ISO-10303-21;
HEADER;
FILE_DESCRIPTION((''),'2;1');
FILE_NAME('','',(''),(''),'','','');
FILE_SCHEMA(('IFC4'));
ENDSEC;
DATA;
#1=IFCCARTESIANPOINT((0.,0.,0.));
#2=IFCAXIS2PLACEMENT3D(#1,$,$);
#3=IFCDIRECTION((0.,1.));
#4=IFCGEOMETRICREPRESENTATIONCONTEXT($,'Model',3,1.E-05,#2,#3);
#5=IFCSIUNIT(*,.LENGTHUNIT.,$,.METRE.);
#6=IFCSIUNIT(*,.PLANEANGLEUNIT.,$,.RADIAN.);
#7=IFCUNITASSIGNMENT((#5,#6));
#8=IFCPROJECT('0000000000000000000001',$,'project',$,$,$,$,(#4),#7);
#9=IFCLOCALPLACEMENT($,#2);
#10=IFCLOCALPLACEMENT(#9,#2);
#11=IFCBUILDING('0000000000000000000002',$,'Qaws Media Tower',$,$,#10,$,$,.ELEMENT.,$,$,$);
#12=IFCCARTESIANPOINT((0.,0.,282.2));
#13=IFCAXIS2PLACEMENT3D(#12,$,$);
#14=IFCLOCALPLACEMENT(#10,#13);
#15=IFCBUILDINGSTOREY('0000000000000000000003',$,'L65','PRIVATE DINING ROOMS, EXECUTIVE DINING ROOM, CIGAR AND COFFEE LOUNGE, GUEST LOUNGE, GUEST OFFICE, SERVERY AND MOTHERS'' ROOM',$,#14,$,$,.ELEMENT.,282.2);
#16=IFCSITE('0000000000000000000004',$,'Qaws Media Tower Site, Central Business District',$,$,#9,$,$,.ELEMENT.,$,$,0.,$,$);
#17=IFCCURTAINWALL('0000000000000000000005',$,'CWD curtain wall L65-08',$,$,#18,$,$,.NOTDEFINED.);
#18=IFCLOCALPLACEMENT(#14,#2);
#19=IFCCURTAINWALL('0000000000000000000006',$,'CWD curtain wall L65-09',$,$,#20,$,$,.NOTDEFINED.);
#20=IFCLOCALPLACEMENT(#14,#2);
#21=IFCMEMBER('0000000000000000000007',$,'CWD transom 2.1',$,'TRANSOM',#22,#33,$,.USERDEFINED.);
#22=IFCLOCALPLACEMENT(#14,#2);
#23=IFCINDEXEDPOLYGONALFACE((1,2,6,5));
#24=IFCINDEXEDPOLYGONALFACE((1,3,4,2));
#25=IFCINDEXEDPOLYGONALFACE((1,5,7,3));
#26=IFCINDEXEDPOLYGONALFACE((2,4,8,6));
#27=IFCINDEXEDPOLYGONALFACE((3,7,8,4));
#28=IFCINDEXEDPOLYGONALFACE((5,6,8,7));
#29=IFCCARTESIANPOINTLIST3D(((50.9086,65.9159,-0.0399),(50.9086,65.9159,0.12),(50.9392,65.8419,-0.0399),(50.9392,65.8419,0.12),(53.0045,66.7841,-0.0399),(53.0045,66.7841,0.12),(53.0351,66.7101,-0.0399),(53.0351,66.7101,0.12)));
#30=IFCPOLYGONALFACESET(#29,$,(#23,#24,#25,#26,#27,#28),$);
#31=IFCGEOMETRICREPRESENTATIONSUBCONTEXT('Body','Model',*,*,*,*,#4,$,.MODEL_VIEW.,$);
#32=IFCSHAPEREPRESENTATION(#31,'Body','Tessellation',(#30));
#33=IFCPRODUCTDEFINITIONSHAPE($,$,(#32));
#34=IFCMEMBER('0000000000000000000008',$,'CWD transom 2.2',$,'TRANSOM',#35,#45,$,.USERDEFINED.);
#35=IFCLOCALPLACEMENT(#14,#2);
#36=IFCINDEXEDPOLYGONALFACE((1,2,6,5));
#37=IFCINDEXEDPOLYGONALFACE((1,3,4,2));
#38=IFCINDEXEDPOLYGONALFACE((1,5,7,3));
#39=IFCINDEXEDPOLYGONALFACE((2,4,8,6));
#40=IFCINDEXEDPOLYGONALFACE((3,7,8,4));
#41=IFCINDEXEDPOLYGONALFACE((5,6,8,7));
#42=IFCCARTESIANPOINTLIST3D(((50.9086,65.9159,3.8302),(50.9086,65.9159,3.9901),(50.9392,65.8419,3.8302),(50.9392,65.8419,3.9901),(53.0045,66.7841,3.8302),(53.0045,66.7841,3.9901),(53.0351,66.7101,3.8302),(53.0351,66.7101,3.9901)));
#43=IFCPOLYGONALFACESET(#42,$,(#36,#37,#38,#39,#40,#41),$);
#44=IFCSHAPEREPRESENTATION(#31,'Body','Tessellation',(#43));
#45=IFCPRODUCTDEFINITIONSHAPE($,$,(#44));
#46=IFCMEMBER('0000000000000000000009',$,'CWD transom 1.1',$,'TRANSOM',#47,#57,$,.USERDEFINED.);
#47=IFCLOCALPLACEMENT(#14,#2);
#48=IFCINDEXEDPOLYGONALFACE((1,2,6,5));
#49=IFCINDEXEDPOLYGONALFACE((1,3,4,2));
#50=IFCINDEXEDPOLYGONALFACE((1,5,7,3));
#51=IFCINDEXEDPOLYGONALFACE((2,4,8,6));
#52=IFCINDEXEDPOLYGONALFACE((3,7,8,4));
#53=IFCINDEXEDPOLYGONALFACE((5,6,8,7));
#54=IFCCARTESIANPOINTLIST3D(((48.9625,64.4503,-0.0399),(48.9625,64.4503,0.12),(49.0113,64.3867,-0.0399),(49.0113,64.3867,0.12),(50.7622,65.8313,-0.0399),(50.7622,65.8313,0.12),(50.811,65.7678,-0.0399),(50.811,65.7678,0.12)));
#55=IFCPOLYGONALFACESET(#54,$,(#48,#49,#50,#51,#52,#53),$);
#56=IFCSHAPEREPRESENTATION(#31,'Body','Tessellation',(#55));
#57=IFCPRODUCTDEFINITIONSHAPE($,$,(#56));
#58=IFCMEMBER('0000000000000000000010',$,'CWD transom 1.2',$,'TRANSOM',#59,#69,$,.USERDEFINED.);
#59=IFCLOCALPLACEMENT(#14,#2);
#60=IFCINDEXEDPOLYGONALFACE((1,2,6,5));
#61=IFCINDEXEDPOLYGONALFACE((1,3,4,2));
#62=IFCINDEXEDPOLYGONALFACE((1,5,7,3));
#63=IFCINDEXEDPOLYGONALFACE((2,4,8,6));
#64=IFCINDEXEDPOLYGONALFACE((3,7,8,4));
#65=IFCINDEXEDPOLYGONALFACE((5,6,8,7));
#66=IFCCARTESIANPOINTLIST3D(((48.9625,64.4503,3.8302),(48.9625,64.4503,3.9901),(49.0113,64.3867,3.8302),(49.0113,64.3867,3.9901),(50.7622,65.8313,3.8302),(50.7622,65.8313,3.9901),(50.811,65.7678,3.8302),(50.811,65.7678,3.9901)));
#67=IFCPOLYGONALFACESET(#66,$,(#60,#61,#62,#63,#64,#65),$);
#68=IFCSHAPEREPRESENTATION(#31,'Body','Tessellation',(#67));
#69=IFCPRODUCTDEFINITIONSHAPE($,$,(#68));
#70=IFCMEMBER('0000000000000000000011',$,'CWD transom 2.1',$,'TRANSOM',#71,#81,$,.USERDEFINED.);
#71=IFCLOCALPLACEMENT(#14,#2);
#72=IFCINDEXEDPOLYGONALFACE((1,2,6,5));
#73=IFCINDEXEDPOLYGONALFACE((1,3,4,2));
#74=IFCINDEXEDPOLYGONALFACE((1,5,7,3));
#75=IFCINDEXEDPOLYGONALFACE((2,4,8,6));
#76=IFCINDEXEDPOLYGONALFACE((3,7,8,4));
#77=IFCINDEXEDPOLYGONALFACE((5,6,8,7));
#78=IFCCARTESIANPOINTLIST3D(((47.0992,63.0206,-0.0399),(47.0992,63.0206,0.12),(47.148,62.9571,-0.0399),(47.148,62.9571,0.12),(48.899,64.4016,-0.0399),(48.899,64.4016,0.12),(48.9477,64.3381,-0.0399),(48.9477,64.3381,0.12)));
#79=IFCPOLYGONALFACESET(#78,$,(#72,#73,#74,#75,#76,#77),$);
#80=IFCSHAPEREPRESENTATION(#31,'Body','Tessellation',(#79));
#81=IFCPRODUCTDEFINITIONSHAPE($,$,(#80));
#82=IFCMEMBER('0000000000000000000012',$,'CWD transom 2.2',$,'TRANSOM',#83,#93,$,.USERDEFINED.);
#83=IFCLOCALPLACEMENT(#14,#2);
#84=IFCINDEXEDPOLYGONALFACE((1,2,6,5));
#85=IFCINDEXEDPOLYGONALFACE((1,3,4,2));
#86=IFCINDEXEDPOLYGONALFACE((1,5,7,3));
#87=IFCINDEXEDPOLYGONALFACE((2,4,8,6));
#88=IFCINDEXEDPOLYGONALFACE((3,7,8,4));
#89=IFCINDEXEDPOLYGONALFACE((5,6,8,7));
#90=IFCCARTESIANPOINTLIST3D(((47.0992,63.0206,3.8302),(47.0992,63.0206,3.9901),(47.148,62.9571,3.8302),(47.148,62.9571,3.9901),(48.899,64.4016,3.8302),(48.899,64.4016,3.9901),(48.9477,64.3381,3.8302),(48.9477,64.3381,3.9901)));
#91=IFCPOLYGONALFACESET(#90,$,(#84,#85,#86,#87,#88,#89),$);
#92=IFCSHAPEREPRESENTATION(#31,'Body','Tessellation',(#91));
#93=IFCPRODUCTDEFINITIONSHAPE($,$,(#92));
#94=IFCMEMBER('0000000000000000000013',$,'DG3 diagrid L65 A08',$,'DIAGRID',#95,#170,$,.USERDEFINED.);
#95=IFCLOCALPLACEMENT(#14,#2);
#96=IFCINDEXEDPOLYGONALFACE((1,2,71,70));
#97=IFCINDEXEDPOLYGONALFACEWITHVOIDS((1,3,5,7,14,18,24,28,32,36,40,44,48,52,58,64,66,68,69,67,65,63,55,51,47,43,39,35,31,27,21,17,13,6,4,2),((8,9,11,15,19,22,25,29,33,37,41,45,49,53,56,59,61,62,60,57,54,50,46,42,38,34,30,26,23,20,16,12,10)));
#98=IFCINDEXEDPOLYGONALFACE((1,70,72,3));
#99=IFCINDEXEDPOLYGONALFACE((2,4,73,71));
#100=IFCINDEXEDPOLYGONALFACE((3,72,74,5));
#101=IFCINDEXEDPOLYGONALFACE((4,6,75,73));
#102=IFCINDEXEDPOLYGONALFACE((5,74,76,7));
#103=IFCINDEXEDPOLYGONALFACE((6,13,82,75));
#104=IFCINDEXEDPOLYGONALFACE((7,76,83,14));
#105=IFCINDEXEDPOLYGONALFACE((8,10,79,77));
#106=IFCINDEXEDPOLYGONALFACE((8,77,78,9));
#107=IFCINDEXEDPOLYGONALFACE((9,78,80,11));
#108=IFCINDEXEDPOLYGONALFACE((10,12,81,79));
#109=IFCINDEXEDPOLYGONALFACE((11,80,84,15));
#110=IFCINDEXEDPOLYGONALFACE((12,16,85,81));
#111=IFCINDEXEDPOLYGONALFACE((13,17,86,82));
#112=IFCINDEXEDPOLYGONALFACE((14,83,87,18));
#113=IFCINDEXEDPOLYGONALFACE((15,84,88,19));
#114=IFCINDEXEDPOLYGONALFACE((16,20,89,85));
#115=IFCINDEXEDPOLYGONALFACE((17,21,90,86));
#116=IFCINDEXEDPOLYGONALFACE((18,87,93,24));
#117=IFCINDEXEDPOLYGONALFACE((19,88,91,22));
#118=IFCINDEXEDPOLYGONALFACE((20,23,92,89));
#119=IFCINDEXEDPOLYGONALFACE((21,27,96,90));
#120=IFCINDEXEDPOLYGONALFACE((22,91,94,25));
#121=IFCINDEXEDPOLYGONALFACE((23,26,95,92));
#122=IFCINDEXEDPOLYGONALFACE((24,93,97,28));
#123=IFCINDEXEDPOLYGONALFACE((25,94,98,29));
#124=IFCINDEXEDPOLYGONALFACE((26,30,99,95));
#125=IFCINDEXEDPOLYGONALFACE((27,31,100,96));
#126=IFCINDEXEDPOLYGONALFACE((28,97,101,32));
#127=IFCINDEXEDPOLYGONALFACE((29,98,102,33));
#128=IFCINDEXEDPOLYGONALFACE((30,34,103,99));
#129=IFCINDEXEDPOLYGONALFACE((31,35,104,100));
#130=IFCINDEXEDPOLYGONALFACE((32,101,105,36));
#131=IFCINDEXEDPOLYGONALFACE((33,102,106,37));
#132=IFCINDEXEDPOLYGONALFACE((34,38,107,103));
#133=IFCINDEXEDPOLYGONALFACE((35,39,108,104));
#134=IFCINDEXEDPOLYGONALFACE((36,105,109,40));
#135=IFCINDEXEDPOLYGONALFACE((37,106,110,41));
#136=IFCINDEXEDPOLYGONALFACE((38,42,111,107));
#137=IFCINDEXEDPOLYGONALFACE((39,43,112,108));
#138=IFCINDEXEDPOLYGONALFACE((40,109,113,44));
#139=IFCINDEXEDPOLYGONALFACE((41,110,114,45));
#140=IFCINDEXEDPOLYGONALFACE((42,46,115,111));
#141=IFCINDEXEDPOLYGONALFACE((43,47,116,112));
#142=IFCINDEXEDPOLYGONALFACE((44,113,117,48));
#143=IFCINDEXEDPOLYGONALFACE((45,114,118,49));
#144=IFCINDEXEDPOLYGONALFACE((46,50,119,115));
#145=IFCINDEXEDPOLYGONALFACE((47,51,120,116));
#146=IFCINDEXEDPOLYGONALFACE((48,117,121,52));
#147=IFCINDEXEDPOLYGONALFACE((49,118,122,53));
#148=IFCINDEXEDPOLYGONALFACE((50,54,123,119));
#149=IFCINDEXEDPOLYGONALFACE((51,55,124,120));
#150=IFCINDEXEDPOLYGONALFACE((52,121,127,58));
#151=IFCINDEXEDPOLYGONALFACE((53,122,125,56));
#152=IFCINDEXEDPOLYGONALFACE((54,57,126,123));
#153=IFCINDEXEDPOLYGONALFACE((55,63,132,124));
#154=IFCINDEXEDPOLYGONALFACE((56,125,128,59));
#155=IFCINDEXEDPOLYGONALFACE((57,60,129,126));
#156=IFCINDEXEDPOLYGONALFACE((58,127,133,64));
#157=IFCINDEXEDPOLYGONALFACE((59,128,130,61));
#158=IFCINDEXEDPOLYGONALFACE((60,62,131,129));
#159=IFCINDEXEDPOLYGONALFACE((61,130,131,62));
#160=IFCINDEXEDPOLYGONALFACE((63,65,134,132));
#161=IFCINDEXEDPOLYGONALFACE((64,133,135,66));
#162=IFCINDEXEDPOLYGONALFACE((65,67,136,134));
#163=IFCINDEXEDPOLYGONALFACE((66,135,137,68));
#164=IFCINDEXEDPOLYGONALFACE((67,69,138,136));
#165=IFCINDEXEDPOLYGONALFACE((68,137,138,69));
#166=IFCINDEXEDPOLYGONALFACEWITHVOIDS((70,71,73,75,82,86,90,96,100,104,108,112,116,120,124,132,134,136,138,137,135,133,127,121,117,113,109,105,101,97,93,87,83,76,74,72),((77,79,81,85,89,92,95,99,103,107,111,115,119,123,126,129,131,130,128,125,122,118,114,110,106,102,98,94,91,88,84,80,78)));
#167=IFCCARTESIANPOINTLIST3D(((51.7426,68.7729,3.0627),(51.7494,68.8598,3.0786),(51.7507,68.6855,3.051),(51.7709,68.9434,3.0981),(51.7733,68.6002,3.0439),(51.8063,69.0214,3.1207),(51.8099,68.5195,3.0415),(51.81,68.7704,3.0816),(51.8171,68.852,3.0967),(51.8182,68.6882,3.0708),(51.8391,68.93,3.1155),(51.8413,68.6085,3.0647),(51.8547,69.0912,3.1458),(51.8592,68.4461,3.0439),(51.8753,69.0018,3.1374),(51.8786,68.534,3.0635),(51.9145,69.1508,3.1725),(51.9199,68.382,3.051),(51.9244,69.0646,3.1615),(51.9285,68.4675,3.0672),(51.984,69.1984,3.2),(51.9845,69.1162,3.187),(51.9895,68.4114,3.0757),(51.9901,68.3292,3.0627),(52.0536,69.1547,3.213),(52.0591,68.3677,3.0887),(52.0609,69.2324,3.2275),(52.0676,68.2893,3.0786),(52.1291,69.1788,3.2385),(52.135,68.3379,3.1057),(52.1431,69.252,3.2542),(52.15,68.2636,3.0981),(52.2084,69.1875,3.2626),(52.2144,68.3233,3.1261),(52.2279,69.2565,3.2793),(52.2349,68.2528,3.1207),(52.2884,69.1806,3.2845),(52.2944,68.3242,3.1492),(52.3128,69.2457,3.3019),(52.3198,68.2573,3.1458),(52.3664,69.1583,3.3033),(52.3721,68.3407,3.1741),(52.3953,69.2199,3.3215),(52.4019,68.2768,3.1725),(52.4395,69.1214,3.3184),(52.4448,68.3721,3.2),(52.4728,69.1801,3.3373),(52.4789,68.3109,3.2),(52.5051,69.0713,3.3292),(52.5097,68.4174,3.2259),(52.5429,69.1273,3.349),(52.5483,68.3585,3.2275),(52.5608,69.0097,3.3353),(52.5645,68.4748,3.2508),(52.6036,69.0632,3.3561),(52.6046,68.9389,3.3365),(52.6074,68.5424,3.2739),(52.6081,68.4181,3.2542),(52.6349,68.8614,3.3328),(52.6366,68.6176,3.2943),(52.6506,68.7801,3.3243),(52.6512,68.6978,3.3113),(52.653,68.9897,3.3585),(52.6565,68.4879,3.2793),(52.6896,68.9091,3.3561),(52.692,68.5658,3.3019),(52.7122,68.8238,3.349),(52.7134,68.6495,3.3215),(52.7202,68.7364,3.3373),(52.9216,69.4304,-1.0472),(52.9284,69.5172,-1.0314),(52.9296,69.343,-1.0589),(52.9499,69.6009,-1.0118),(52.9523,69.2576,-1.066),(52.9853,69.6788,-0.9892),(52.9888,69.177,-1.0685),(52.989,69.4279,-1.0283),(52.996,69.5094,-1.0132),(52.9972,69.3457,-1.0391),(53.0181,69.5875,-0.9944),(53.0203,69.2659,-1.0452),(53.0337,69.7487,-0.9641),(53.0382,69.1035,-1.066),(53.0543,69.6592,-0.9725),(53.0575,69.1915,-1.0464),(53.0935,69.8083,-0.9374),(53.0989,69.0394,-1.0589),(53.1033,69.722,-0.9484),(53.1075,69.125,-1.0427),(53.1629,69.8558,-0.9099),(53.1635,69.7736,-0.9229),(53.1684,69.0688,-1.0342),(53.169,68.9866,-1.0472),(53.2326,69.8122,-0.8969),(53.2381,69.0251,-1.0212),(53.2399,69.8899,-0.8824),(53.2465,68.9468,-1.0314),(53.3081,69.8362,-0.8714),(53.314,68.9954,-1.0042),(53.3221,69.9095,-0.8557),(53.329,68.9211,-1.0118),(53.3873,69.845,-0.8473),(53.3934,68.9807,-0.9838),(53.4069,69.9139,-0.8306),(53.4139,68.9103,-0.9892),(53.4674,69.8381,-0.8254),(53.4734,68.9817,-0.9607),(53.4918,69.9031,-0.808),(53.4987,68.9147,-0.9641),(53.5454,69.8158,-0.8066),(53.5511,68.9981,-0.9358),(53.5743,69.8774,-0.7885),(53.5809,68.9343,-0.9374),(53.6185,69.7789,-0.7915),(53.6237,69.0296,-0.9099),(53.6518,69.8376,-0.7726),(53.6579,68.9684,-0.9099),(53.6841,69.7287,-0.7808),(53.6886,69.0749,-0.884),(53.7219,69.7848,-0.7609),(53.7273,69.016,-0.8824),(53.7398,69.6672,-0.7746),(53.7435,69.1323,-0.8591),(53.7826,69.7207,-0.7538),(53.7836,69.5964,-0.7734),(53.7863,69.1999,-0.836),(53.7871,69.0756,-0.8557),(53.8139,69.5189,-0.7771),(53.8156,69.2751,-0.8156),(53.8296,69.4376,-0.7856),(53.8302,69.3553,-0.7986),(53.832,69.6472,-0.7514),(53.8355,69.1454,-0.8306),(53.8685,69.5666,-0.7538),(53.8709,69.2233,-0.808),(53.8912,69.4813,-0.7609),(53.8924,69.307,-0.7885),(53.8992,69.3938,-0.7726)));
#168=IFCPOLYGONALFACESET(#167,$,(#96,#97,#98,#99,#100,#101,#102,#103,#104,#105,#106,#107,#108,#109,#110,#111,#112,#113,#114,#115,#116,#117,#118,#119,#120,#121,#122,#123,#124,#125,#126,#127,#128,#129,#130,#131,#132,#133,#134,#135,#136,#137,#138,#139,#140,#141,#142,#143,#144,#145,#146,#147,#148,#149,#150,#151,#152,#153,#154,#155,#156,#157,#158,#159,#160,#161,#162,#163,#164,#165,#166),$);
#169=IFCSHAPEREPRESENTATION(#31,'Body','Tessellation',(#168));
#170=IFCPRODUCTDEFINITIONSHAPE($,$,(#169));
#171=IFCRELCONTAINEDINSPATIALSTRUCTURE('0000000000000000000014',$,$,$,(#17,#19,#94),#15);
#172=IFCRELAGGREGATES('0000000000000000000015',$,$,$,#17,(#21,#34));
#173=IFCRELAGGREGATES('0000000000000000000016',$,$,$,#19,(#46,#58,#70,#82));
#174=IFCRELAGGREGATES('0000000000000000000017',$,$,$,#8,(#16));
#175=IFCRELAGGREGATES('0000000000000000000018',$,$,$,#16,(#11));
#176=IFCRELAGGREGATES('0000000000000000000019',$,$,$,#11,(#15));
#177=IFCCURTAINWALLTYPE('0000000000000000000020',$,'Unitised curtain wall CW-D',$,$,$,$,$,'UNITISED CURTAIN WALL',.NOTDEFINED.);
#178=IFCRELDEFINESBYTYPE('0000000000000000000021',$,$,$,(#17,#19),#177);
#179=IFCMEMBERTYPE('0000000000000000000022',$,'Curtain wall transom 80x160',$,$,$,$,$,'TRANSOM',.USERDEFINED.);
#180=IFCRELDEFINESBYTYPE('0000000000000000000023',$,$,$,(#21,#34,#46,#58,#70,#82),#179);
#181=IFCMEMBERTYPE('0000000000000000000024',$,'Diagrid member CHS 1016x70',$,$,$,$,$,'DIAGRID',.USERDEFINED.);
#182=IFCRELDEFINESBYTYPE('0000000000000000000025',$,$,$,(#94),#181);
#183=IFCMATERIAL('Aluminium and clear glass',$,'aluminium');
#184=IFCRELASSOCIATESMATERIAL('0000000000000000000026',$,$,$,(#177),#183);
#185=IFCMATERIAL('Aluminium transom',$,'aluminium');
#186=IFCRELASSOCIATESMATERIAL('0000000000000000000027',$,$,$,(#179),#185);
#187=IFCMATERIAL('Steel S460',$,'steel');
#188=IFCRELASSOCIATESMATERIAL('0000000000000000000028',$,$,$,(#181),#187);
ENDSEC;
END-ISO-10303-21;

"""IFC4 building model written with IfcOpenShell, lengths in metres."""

from ifc_helpers import new_model, si_unit, direction, frame, origin, origin_2d, place, context, subcontext, project, spatial, rectangle, hollow_circle, extrude, material, material_profile, profile_set, type_object, element, aggregate, save


model = new_model("IFC4")

# Units and contexts
model_context = context("Model", 3, precision=1e-05, world=origin(), true_north=direction((0.0, 1.0)))
body_context = subcontext(model_context, "Body", "Model", "MODEL_VIEW")
ifc_project = project(units=[si_unit("LENGTHUNIT", "METRE"), si_unit("PLANEANGLEUNIT", "RADIAN")], contexts=[model_context])

# Site, building, storey
site_placement = place(None, origin())
site = spatial("IfcSite", under=ifc_project, at=site_placement, Name="Qaws Media Tower Site, Central Business District", CompositionType="ELEMENT", RefElevation=0.0)
building_placement = place(site_placement, origin())
building = spatial("IfcBuilding", under=site, at=building_placement, Name="Qaws Media Tower", CompositionType="ELEMENT")
storey_placement = place(building_placement, frame((0.0, 0.0, 282.2)))
storey = spatial("IfcBuildingStorey", under=building, at=storey_placement, Name="L65", Description="PRIVATE DINING ROOMS, EXECUTIVE DINING ROOM, CIGAR AND COFFEE LOUNGE, GUEST LOUNGE, GUEST OFFICE, SERVERY AND MOTHERS' ROOM", CompositionType="ELEMENT", Elevation=282.2)

# Curtain walls
ifc_material_1 = material(Name="Aluminium and clear glass", Category="aluminium")
curtain_wall_type = type_object("IfcCurtainWallType", Name="Unitised curtain wall CW-D", ElementType="UNITISED CURTAIN WALL", PredefinedType="NOTDEFINED", material=ifc_material_1)
curtain_wall_1_placement = place(storey_placement, origin())
curtain_wall_1 = element("IfcCurtainWall", 1, at=curtain_wall_1_placement, inside=storey, type_object=curtain_wall_type, Name="CWD curtain wall L65-08", PredefinedType="NOTDEFINED")
curtain_wall_2_placement = place(storey_placement, origin())
curtain_wall_2 = element("IfcCurtainWall", 2, at=curtain_wall_2_placement, inside=storey, type_object=curtain_wall_type, Name="CWD curtain wall L65-09", PredefinedType="NOTDEFINED")

# Members
ifc_material_2 = material(Name="Aluminium transom", Category="aluminium")
ifc_material_profile_1 = material_profile(ifc_material_2, rectangle(XDim=0.0801, YDim=0.1599, at=origin_2d()), Name="80x160")
ifc_profile_set_1 = profile_set([ifc_material_profile_1], Name="Aluminium transom")
member_type_1 = type_object("IfcMemberType", Name="Curtain wall transom 80x160", ElementType="TRANSOM", PredefinedType="USERDEFINED", material=ifc_profile_set_1)
member_1_placement = place(storey_placement, frame((53.0198, 66.7471, 0.04), z_axis=(-0.92388, -0.382681, 0.0), x_axis=(0.382681, -0.92388, 0.0)))
member_1 = element("IfcMember", 3, at=member_1_placement, type_object=member_type_1, Name="CWD transom 2.1", ObjectType="TRANSOM", PredefinedType="USERDEFINED", context=body_context, shape_type="SweptSolid", body=[
    extrude(rectangle(XDim=0.0801, YDim=0.1599, at=origin_2d()), origin(), (0.0, 0.0, 1.0), 2.2686),
])
member_2_placement = place(storey_placement, frame((53.0198, 66.7471, 3.9102), z_axis=(-0.92388, -0.382681, 0.0), x_axis=(0.382681, -0.92388, 0.0)))
member_2 = element("IfcMember", 4, at=member_2_placement, type_object=member_type_1, Name="CWD transom 2.2", ObjectType="TRANSOM", PredefinedType="USERDEFINED", context=body_context, shape_type="SweptSolid", body=[
    extrude(rectangle(XDim=0.0801, YDim=0.1599, at=origin_2d()), origin(), (0.0, 0.0, 1.0), 2.2686),
])
member_3_placement = place(storey_placement, frame((50.7866, 65.7996, 0.04), z_axis=(-0.79334, -0.608779, 0.0), x_axis=(0.608779, -0.79334, 0.0)))
member_3 = element("IfcMember", 5, at=member_3_placement, type_object=member_type_1, Name="CWD transom 1.1", ObjectType="TRANSOM", PredefinedType="USERDEFINED", context=body_context, shape_type="SweptSolid", body=[
    extrude(rectangle(XDim=0.0801, YDim=0.1599, at=origin_2d()), origin(), (0.0, 0.0, 1.0), 2.2686),
])
member_4_placement = place(storey_placement, frame((50.7866, 65.7996, 3.9102), z_axis=(-0.79334, -0.608779, 0.0), x_axis=(0.608779, -0.79334, 0.0)))
member_4 = element("IfcMember", 6, at=member_4_placement, type_object=member_type_1, Name="CWD transom 1.2", ObjectType="TRANSOM", PredefinedType="USERDEFINED", context=body_context, shape_type="SweptSolid", body=[
    extrude(rectangle(XDim=0.0801, YDim=0.1599, at=origin_2d()), origin(), (0.0, 0.0, 1.0), 2.2686),
])
member_5_placement = place(storey_placement, frame((48.9233, 64.3699, 0.04), z_axis=(-0.79334, -0.608779, 0.0), x_axis=(0.608779, -0.79334, 0.0)))
member_5 = element("IfcMember", 7, at=member_5_placement, type_object=member_type_1, Name="CWD transom 2.1", ObjectType="TRANSOM", PredefinedType="USERDEFINED", context=body_context, shape_type="SweptSolid", body=[
    extrude(rectangle(XDim=0.0801, YDim=0.1599, at=origin_2d()), origin(), (0.0, 0.0, 1.0), 2.2686),
])
member_6_placement = place(storey_placement, frame((48.9233, 64.3699, 3.9102), z_axis=(-0.79334, -0.608779, 0.0), x_axis=(0.608779, -0.79334, 0.0)))
member_6 = element("IfcMember", 8, at=member_6_placement, type_object=member_type_1, Name="CWD transom 2.2", ObjectType="TRANSOM", PredefinedType="USERDEFINED", context=body_context, shape_type="SweptSolid", body=[
    extrude(rectangle(XDim=0.0801, YDim=0.1599, at=origin_2d()), origin(), (0.0, 0.0, 1.0), 2.2686),
])

# Member
ifc_material_3 = material(Name="Steel S460", Category="steel")
ifc_material_profile_2 = material_profile(ifc_material_3, hollow_circle(Radius=0.5081, WallThickness=0.0701, at=origin_2d()), Name="CHS 1016x70")
ifc_profile_set_2 = profile_set([ifc_material_profile_2], Name="Steel S460")
member_type_2 = type_object("IfcMemberType", Name="Diagrid member CHS 1016x70", ElementType="DIAGRID", PredefinedType="USERDEFINED", material=ifc_profile_set_2)
for number, where, z_axis, x_axis, name in (
    (9, (53.4104, 69.4121, -0.9099), (-0.272536, -0.151986, 0.950066), (0.487055, -0.873371, 0.0), "DG3 diagrid L65 A08"),
):
    element("IfcMember", number, at=place(storey_placement, frame(where, z_axis=z_axis, x_axis=x_axis)), inside=storey, type_object=member_type_2, Name=name, ObjectType="DIAGRID", PredefinedType="USERDEFINED", context=body_context, shape_type="SweptSolid", body=[
        extrude(hollow_circle(Radius=0.5081, WallThickness=0.0701, at=origin_2d()), origin(), (0.0, 0.0, 1.0), 4.3259),
    ])

aggregate(curtain_wall_1, [member_1, member_2])
aggregate(curtain_wall_2, [member_3, member_4, member_5, member_6])

save(model, "model.ifc")
